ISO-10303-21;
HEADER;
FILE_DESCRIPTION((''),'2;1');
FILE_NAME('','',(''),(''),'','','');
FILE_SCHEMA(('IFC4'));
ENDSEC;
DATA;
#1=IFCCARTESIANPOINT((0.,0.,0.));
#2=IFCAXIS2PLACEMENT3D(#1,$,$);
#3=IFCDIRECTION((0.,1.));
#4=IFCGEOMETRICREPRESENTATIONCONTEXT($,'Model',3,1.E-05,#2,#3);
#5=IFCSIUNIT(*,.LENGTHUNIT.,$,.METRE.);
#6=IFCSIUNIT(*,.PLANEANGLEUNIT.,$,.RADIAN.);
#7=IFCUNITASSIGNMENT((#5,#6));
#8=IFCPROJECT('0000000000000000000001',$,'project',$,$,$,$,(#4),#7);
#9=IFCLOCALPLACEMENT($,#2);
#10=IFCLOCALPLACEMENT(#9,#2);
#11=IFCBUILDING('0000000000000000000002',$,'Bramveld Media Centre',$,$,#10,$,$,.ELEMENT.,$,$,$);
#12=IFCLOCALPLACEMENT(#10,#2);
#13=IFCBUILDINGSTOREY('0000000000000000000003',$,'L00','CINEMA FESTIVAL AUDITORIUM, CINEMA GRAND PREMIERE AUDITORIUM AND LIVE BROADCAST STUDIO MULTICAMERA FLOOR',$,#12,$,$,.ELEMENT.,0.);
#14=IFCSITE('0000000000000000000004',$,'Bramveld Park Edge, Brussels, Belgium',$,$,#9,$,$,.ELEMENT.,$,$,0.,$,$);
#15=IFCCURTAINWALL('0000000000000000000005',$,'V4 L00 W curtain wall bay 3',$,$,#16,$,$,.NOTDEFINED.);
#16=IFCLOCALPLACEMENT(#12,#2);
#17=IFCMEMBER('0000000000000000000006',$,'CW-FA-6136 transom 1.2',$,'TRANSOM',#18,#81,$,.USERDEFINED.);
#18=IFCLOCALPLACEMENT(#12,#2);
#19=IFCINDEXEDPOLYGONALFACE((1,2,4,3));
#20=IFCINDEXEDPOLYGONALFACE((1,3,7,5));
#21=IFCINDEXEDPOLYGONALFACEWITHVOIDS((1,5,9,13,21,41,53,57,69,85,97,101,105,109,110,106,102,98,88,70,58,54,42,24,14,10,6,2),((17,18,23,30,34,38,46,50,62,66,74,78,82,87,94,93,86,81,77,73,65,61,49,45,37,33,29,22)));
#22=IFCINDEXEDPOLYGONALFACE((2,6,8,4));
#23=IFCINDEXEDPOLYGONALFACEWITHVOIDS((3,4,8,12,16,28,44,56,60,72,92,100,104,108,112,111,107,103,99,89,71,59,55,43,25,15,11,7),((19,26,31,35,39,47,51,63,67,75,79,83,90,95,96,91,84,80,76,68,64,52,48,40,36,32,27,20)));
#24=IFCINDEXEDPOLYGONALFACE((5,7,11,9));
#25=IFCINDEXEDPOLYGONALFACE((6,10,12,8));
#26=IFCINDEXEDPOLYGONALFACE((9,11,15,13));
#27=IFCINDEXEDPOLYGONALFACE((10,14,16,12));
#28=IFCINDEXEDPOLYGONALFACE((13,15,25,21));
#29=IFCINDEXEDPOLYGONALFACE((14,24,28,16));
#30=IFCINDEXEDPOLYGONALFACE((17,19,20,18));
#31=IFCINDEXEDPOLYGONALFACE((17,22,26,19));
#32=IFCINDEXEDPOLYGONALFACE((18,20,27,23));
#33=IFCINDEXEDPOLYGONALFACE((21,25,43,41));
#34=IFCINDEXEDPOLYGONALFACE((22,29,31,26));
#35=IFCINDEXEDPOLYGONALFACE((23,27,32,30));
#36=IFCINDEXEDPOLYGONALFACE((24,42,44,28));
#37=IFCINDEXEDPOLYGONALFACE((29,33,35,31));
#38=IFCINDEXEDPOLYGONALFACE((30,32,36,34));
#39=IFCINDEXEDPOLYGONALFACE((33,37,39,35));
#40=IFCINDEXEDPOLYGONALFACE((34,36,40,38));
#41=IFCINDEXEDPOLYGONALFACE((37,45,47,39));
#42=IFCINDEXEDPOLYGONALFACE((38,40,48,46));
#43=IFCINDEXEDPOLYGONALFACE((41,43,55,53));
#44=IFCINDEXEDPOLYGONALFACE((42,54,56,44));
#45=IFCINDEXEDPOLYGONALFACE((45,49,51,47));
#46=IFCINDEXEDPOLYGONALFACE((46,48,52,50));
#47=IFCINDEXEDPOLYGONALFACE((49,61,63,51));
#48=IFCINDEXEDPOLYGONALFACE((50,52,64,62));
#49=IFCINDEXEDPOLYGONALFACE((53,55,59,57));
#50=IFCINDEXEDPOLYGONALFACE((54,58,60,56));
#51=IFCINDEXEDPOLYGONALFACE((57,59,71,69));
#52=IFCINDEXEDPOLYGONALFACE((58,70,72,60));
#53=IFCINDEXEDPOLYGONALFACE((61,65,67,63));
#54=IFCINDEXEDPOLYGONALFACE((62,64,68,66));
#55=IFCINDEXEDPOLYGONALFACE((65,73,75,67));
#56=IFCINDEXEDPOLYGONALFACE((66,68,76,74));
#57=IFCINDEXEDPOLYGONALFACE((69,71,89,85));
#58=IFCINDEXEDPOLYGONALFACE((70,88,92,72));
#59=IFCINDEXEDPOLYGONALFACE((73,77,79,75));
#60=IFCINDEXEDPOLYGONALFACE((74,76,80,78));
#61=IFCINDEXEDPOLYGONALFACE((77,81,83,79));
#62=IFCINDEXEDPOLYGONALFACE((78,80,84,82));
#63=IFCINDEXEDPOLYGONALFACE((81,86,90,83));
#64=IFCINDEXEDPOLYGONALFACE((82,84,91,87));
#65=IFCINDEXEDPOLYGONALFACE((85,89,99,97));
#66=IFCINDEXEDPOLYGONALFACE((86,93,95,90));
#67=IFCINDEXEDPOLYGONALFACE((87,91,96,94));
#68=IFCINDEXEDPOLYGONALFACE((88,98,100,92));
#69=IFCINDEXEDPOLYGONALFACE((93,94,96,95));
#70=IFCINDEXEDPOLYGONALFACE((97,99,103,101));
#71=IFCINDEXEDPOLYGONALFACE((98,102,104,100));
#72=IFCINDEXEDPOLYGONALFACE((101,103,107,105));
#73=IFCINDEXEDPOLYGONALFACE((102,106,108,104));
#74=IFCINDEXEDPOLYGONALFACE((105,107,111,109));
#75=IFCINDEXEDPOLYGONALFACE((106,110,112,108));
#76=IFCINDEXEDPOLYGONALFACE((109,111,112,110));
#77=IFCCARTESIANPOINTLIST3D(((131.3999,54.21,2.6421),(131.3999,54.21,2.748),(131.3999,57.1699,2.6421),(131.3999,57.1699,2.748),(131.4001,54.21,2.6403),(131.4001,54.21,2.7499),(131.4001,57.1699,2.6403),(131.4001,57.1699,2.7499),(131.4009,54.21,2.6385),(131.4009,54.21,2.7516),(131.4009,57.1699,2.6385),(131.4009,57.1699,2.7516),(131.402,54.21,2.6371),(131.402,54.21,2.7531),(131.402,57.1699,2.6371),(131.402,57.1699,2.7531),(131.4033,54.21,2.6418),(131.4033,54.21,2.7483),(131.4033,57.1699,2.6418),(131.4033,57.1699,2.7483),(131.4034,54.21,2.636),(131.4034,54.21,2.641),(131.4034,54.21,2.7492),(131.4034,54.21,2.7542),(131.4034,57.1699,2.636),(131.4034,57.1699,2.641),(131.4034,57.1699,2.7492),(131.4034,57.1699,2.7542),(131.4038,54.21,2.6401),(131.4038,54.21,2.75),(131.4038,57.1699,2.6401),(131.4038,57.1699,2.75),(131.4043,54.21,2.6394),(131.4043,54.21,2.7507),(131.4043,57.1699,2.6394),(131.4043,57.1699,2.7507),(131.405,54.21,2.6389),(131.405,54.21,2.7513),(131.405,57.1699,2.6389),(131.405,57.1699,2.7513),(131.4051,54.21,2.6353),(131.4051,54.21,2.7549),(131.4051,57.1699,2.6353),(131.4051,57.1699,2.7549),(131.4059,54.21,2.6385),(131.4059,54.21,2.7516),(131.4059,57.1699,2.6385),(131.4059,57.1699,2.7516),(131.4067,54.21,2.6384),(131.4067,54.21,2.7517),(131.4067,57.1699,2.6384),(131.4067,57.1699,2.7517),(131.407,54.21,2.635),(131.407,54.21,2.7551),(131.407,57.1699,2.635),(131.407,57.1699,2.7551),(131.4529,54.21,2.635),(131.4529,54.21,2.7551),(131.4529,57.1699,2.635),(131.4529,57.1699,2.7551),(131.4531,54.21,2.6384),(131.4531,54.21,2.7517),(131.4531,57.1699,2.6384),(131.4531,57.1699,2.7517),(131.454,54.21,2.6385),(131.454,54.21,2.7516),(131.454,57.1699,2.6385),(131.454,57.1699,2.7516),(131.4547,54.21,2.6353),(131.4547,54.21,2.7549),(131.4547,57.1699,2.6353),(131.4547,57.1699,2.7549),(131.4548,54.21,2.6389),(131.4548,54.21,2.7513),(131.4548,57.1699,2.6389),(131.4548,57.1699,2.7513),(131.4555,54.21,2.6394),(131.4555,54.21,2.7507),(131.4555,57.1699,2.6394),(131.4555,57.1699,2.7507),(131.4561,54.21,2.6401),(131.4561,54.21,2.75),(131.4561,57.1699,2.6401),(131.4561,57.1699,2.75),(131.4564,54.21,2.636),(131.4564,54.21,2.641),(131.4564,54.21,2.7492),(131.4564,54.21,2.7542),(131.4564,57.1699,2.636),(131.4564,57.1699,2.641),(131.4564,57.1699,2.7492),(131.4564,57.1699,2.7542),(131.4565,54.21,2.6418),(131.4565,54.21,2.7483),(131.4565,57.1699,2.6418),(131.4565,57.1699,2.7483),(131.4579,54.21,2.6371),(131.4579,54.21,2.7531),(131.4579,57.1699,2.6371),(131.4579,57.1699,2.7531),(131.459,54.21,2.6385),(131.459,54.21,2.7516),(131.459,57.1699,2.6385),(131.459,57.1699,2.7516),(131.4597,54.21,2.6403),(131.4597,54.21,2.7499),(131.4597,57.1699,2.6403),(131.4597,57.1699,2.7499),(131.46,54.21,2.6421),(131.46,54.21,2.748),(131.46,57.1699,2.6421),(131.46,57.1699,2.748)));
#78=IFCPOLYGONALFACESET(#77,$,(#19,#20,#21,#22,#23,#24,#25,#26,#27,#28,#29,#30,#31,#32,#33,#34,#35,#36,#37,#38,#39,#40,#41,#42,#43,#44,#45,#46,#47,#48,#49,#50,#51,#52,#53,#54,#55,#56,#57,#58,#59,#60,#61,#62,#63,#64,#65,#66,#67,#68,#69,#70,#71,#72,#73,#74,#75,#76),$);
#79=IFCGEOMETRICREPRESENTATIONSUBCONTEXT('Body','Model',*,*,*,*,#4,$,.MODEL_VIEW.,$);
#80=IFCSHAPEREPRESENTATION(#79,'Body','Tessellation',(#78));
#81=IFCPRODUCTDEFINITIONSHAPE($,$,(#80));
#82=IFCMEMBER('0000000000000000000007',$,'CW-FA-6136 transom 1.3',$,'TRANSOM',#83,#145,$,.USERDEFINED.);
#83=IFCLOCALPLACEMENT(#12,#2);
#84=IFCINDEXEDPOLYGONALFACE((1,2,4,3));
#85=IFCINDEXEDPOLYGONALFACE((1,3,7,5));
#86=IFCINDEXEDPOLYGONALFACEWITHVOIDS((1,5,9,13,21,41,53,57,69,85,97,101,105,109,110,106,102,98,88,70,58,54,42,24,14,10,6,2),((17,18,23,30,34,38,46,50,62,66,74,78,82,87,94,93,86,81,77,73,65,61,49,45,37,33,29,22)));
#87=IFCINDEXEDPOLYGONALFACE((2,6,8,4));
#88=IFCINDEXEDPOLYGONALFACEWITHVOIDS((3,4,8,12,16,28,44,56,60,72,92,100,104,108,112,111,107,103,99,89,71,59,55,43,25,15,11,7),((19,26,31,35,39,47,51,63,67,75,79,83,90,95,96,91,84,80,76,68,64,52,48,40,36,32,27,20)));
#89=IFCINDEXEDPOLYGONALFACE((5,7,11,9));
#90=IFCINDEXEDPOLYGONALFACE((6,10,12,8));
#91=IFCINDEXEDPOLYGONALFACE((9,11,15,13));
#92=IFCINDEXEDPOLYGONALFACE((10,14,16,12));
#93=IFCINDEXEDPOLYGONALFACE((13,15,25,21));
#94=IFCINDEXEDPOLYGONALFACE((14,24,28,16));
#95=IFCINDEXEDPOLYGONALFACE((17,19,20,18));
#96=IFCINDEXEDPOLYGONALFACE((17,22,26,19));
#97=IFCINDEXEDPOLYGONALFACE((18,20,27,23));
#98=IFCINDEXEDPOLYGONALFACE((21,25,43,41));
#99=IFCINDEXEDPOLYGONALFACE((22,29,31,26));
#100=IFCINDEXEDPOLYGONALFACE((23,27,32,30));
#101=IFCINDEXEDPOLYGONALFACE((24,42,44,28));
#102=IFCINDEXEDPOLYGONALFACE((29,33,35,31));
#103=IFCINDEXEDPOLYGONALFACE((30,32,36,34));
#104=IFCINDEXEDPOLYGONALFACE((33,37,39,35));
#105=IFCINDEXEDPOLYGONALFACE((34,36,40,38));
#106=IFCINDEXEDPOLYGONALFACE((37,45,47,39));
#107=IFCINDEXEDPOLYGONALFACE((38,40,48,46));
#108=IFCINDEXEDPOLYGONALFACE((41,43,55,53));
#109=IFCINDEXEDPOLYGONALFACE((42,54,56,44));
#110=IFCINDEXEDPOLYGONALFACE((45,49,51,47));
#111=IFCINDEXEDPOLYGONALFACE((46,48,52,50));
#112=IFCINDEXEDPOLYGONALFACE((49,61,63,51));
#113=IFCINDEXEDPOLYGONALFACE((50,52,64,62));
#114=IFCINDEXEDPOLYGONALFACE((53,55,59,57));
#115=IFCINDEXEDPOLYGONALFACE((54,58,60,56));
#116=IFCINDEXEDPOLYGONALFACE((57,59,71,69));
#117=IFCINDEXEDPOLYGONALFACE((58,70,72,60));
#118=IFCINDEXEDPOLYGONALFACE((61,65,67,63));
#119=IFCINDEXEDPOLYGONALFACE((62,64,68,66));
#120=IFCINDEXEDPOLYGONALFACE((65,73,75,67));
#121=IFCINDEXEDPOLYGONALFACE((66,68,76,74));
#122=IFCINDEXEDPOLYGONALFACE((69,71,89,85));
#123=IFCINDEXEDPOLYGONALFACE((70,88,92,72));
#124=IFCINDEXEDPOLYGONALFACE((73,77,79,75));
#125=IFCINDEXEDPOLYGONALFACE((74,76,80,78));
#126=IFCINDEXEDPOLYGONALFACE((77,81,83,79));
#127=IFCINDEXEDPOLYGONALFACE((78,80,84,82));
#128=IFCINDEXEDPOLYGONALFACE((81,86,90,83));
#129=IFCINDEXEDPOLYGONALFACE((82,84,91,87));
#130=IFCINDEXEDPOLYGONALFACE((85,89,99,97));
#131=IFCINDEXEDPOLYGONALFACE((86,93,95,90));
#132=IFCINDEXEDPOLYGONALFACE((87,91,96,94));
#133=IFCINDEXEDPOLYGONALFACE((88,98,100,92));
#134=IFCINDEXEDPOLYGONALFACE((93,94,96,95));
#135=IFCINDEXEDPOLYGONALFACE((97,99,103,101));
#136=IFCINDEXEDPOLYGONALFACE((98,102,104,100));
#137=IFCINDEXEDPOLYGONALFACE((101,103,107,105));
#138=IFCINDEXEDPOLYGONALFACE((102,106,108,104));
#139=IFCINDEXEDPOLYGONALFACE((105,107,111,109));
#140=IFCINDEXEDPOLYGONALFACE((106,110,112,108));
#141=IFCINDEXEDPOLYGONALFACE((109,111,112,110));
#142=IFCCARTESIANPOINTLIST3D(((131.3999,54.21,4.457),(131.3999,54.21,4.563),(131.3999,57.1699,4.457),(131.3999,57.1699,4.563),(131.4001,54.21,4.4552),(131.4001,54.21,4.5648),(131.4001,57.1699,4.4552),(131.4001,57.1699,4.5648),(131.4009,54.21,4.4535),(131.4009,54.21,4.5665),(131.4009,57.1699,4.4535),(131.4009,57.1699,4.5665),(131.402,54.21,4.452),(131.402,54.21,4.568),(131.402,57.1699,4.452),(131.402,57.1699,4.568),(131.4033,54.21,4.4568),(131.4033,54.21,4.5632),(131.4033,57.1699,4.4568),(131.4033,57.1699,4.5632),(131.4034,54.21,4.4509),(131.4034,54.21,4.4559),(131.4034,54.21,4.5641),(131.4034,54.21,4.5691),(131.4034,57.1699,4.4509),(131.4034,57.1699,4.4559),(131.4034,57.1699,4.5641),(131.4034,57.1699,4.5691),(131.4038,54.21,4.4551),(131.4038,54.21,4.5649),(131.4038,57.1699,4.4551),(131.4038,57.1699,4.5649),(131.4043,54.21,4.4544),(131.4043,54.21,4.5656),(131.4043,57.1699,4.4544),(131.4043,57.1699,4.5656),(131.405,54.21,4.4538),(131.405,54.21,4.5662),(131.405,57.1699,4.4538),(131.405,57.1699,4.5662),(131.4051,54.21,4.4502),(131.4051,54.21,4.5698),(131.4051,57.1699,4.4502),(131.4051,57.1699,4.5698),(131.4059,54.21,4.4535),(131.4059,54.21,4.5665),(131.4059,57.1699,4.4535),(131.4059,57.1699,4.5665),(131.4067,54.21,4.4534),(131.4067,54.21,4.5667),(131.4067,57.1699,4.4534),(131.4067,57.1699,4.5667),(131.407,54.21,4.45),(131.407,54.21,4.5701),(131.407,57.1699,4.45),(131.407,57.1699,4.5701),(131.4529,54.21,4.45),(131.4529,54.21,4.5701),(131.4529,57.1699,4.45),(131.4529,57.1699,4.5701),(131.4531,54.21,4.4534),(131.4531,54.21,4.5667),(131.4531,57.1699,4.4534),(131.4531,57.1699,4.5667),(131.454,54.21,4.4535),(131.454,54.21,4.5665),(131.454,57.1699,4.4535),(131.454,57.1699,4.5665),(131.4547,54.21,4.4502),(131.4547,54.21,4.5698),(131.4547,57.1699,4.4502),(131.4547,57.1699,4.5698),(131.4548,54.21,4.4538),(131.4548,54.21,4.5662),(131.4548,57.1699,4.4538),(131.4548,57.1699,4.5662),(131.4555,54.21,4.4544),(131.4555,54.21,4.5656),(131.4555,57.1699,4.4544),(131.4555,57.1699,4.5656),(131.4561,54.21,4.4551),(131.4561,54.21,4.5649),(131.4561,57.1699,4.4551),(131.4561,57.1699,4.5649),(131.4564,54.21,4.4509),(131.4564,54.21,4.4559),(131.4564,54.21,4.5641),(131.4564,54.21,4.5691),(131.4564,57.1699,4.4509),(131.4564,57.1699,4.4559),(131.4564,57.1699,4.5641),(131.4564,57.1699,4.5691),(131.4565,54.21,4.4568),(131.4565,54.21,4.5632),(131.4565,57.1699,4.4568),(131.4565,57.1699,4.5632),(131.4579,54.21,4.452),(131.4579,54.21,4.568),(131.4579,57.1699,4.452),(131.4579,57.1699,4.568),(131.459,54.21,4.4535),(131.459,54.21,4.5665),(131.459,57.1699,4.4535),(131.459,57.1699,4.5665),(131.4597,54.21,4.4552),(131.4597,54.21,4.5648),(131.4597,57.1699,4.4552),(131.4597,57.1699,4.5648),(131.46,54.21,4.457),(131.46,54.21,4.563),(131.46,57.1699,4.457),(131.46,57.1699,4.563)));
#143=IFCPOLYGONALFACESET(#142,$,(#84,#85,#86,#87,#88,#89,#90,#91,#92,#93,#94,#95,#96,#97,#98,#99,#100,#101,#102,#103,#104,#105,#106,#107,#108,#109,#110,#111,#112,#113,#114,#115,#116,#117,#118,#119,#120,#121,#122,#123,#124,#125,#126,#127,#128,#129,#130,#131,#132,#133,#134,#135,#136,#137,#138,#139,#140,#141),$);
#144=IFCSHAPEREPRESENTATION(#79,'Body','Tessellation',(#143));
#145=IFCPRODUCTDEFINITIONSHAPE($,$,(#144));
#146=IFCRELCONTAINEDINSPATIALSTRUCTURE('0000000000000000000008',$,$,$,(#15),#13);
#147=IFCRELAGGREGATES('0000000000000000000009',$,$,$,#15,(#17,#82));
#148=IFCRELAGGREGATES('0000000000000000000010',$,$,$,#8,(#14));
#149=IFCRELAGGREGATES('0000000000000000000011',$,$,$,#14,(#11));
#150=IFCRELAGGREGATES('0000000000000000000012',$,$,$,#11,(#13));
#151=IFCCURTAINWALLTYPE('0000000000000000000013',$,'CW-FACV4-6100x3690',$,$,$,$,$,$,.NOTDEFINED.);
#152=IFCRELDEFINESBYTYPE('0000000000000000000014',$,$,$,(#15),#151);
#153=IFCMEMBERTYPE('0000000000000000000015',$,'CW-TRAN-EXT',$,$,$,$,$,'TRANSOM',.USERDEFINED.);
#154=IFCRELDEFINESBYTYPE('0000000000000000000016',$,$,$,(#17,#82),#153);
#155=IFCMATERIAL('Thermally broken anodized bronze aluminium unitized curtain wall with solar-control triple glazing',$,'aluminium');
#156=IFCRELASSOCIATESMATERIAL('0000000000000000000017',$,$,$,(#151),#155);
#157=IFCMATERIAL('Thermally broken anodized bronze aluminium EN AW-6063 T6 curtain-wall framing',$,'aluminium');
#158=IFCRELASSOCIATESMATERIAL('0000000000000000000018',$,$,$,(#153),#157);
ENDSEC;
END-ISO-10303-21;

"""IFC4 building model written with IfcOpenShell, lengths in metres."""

from ifc_helpers import new_model, si_unit, direction, frame, origin, origin_2d, place, context, subcontext, project, spatial, hollow_rectangle, extrude, material, material_profile, profile_set, type_object, element, aggregate, save


model = new_model("IFC4")

# Units and contexts
model_context = context("Model", 3, precision=1e-05, world=origin(), true_north=direction((0.0, 1.0)))
body_context = subcontext(model_context, "Body", "Model", "MODEL_VIEW")
ifc_project = project(units=[si_unit("LENGTHUNIT", "METRE"), si_unit("PLANEANGLEUNIT", "RADIAN")], contexts=[model_context])

# Site, building, storey
site_placement = place(None, origin())
site = spatial("IfcSite", under=ifc_project, at=site_placement, Name="Bramveld Park Edge, Brussels, Belgium", CompositionType="ELEMENT", RefElevation=0.0)
building_placement = place(site_placement, origin())
building = spatial("IfcBuilding", under=site, at=building_placement, Name="Bramveld Media Centre", CompositionType="ELEMENT")
storey_placement = place(building_placement, origin())
storey = spatial("IfcBuildingStorey", under=building, at=storey_placement, Name="L00", Description="CINEMA FESTIVAL AUDITORIUM, CINEMA GRAND PREMIERE AUDITORIUM AND LIVE BROADCAST STUDIO MULTICAMERA FLOOR", CompositionType="ELEMENT", Elevation=0.0)

# Curtain wall
ifc_material_1 = material(Name="Thermally broken anodized bronze aluminium unitized curtain wall with solar-control triple glazing", Category="aluminium")
curtain_wall_type = type_object("IfcCurtainWallType", Name="CW-FACV4-6100x3690", PredefinedType="NOTDEFINED", material=ifc_material_1)
curtain_wall_1_placement = place(storey_placement, origin())
curtain_wall_1 = element("IfcCurtainWall", 1, at=curtain_wall_1_placement, inside=storey, type_object=curtain_wall_type, Name="V4 L00 W curtain wall bay 3", PredefinedType="NOTDEFINED")

# Members
ifc_material_2 = material(Name="Thermally broken anodized bronze aluminium EN AW-6063 T6 curtain-wall framing", Category="aluminium")
ifc_material_profile_1 = material_profile(ifc_material_2, hollow_rectangle(XDim=0.0601, YDim=0.1201, WallThickness=0.0034, InnerFilletRadius=0.0034, OuterFilletRadius=0.0071, at=origin_2d()), Name="AL-TRAN 60x120")
ifc_profile_set_1 = profile_set([ifc_material_profile_1], Name="Thermally broken anodized bronze aluminium EN AW-6063 T6 curtain-wall framing")
member_type_1 = type_object("IfcMemberType", Name="CW-TRAN-EXT", ElementType="TRANSOM", PredefinedType="USERDEFINED", material=ifc_profile_set_1)
member_1_placement = place(storey_placement, frame((131.4299, 54.21, 2.6951), z_axis=(0.0, 1.0, 0.0), x_axis=(-1.0, 0.0, 0.0)))
member_1 = element("IfcMember", 2, at=member_1_placement, type_object=member_type_1, Name="CW-FA-6136 transom 1.2", ObjectType="TRANSOM", PredefinedType="USERDEFINED", context=body_context, shape_type="SweptSolid", body=[
    extrude(hollow_rectangle(XDim=0.0601, YDim=0.1201, WallThickness=0.0034, InnerFilletRadius=0.0034, OuterFilletRadius=0.0071, at=origin_2d()), origin(), (0.0, 0.0, 1.0), 2.96),
])
member_2_placement = place(storey_placement, frame((131.4299, 54.21, 4.51), z_axis=(0.0, 1.0, 0.0), x_axis=(-1.0, 0.0, 0.0)))
member_2 = element("IfcMember", 3, at=member_2_placement, type_object=member_type_1, Name="CW-FA-6136 transom 1.3", ObjectType="TRANSOM", PredefinedType="USERDEFINED", context=body_context, shape_type="SweptSolid", body=[
    extrude(hollow_rectangle(XDim=0.0601, YDim=0.1201, WallThickness=0.0034, InnerFilletRadius=0.0034, OuterFilletRadius=0.0071, at=origin_2d()), origin(), (0.0, 0.0, 1.0), 2.96),
])

aggregate(curtain_wall_1, [member_1, member_2])

save(model, "model.ifc")
